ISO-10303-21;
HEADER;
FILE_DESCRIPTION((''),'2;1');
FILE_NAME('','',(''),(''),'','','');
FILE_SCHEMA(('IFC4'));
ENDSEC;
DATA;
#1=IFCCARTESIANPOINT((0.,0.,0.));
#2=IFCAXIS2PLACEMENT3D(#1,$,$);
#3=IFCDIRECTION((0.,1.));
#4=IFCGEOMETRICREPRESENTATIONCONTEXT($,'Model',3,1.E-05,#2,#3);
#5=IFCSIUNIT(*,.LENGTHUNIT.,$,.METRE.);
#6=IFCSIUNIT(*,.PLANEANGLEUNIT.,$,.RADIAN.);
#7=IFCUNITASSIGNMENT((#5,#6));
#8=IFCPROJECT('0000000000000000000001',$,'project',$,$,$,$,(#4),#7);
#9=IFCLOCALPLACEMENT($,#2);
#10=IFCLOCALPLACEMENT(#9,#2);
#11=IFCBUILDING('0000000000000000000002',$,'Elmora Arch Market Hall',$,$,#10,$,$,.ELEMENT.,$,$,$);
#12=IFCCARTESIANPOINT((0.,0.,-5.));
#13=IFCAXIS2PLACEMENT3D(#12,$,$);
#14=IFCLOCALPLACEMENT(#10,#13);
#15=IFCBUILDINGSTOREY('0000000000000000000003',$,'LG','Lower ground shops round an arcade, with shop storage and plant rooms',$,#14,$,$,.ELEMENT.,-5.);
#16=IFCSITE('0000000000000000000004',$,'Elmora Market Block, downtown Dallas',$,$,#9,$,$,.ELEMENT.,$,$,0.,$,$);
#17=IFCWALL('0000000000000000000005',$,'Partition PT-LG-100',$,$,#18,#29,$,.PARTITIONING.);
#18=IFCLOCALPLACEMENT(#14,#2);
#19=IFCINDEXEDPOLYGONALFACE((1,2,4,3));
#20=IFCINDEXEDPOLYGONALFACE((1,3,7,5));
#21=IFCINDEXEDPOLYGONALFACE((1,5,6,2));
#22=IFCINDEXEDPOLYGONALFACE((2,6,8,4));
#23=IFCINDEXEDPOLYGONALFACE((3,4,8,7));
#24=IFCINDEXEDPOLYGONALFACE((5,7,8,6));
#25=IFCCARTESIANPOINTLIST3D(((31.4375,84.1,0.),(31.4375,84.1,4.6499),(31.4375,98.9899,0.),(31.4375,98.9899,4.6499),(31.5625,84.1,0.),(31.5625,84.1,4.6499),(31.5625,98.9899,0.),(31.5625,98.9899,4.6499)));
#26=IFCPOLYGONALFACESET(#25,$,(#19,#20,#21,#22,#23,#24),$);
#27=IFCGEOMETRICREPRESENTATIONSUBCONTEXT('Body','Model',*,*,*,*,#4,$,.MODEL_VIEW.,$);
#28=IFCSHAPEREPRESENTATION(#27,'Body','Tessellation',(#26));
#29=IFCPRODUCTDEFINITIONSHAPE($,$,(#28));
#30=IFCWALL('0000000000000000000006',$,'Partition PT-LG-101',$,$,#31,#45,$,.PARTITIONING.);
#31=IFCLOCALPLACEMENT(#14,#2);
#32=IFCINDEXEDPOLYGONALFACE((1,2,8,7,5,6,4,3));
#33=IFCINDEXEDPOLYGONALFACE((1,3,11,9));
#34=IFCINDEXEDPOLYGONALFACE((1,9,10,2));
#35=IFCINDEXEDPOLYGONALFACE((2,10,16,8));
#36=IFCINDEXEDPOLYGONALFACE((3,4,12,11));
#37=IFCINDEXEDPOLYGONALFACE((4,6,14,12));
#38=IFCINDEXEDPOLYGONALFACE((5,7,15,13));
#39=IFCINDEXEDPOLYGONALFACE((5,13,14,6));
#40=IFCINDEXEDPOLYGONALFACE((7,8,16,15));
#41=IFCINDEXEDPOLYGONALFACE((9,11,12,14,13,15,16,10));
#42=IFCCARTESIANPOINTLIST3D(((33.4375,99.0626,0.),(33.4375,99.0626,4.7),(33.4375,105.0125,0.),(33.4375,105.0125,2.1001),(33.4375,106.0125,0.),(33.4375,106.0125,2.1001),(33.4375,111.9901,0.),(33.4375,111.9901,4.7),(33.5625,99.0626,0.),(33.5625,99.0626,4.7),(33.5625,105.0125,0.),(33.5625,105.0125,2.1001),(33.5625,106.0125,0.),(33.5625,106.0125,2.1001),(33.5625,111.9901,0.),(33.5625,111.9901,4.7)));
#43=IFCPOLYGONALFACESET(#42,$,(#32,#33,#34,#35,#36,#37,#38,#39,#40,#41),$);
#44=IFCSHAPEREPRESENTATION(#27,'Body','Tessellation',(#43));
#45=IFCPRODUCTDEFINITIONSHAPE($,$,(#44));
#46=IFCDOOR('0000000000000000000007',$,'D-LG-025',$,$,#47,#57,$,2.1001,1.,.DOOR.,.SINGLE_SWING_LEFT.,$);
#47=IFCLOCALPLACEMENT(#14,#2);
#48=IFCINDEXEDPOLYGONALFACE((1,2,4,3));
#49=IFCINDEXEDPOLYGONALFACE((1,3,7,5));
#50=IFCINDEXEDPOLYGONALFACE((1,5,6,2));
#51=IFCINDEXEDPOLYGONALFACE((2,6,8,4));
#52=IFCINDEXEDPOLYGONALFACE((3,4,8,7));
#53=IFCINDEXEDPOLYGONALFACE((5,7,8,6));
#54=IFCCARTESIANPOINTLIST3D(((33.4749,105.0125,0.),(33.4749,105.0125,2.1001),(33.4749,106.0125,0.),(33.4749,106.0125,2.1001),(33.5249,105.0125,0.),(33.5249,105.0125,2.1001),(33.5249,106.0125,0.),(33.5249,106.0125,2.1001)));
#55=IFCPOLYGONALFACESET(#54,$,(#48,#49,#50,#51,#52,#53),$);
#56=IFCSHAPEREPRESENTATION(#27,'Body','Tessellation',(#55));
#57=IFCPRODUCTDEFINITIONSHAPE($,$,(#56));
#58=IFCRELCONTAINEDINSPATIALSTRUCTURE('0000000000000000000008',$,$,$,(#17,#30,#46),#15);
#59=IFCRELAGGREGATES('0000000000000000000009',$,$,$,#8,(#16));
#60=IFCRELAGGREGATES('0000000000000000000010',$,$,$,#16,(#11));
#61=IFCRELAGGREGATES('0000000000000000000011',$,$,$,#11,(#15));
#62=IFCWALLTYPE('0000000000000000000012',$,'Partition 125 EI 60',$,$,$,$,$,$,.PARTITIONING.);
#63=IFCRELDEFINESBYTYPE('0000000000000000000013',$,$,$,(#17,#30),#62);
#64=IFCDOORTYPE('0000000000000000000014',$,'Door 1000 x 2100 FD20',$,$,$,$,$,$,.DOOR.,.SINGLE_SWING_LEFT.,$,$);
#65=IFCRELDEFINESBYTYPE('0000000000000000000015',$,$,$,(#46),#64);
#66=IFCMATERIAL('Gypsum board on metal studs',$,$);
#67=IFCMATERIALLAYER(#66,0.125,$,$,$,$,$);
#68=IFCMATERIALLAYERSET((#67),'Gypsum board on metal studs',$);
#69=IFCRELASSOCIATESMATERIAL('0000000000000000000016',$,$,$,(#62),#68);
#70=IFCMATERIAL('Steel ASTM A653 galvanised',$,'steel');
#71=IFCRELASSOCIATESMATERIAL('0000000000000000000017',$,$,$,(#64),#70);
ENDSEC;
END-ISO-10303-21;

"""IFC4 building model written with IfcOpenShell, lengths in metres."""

from ifc_helpers import new_model, si_unit, direction, frame, frame_2d, origin, place, context, subcontext, project, spatial, rectangle, extrude, material, layer, layer_set, type_object, element, fill, save


model = new_model("IFC4")

# Units and contexts
model_context = context("Model", 3, precision=1e-05, world=origin(), true_north=direction((0.0, 1.0)))
body_context = subcontext(model_context, "Body", "Model", "MODEL_VIEW")
ifc_project = project(units=[si_unit("LENGTHUNIT", "METRE"), si_unit("PLANEANGLEUNIT", "RADIAN")], contexts=[model_context])

# Site, building, storey
site_placement = place(None, origin())
site = spatial("IfcSite", under=ifc_project, at=site_placement, Name="Elmora Market Block, downtown Dallas", CompositionType="ELEMENT", RefElevation=0.0)
building_placement = place(site_placement, origin())
building = spatial("IfcBuilding", under=site, at=building_placement, Name="Elmora Arch Market Hall", CompositionType="ELEMENT")
storey_placement = place(building_placement, frame((0.0, 0.0, -5.0)))
storey = spatial("IfcBuildingStorey", under=building, at=storey_placement, Name="LG", Description="Lower ground shops round an arcade, with shop storage and plant rooms", CompositionType="ELEMENT", Elevation=-5.0)

# Wall
ifc_material_1 = material(Name="Gypsum board on metal studs")
ifc_layer_1 = layer(ifc_material_1, 0.125)
ifc_layer_set_1 = layer_set([ifc_layer_1], Name="Gypsum board on metal studs")
wall_type_1 = type_object("IfcWallType", Name="Partition 125 EI 60", PredefinedType="PARTITIONING", material=ifc_layer_set_1)
wall_1_placement = place(storey_placement, frame((31.5, 84.1001, 0.0), z_axis=(0.0, 0.0, 1.0), x_axis=(0.0, 1.0, 0.0)))
element("IfcWall", 1, at=wall_1_placement, inside=storey, type_object=wall_type_1, Name="Partition PT-LG-100", PredefinedType="PARTITIONING", context=body_context, shape_type="SweptSolid", body=[
    extrude(rectangle(XDim=14.8899, YDim=0.125, at=frame_2d((7.4448, 0.0))), origin(), (0.0, 0.0, 1.0), 4.6499),
])

# Wall, opening, door
wall_2_placement = place(storey_placement, frame((33.5, 99.0625, 0.0), z_axis=(0.0, 0.0, 1.0), x_axis=(0.0, 1.0, 0.0)))
wall_2 = element("IfcWall", 2, at=wall_2_placement, inside=storey, type_object=wall_type_1, Name="Partition PT-LG-101", PredefinedType="PARTITIONING", context=body_context, shape_type="SweptSolid", body=[
    extrude(rectangle(XDim=12.9275, YDim=0.125, at=frame_2d((6.4639, 0.0))), origin(), (0.0, 0.0, 1.0), 4.7),
])
opening_1_placement = place(wall_2_placement, frame((5.95, 0.0, 0.0)))
opening_1 = element("IfcOpeningElement", 3, at=opening_1_placement, cuts=wall_2, PredefinedType="OPENING", context=body_context, shape_type="SweptSolid", body=[
    extrude(rectangle(XDim=1.0, YDim=2.1001, at=frame_2d((0.5, 1.05))), frame((0.0, 0.0725, 0.0), z_axis=(0.0, -1.0, 0.0), x_axis=(1.0, 0.0, 0.0)), (0.0, 0.0, 1.0), 0.145),
])
ifc_material_2 = material(Name="Steel ASTM A653 galvanised", Category="steel")
door_type_1 = type_object("IfcDoorType", Name="Door 1000 x 2100 FD20", OperationType="SINGLE_SWING_LEFT", PredefinedType="DOOR", material=ifc_material_2)
door_1_placement = place(opening_1_placement, frame((1.0, 0.0, 0.0), z_axis=(0.0, 0.0, 1.0), x_axis=(-1.0, 0.0, 0.0)))
door_1 = element("IfcDoor", 4, at=door_1_placement, inside=storey, type_object=door_type_1, Name="D-LG-025", OperationType="SINGLE_SWING_LEFT", OverallHeight=2.1001, OverallWidth=1.0, PredefinedType="DOOR", context=body_context, shape_type="SweptSolid", body=[
    extrude(rectangle(XDim=1.0, YDim=2.1001, at=frame_2d((0.5, 1.05))), frame((0.0, 0.0249, 0.0), z_axis=(0.0, -1.0, 0.0), x_axis=(1.0, 0.0, 0.0)), (0.0, 0.0, 1.0), 0.05),
])
fill(opening_1, door_1)

save(model, "model.ifc")
